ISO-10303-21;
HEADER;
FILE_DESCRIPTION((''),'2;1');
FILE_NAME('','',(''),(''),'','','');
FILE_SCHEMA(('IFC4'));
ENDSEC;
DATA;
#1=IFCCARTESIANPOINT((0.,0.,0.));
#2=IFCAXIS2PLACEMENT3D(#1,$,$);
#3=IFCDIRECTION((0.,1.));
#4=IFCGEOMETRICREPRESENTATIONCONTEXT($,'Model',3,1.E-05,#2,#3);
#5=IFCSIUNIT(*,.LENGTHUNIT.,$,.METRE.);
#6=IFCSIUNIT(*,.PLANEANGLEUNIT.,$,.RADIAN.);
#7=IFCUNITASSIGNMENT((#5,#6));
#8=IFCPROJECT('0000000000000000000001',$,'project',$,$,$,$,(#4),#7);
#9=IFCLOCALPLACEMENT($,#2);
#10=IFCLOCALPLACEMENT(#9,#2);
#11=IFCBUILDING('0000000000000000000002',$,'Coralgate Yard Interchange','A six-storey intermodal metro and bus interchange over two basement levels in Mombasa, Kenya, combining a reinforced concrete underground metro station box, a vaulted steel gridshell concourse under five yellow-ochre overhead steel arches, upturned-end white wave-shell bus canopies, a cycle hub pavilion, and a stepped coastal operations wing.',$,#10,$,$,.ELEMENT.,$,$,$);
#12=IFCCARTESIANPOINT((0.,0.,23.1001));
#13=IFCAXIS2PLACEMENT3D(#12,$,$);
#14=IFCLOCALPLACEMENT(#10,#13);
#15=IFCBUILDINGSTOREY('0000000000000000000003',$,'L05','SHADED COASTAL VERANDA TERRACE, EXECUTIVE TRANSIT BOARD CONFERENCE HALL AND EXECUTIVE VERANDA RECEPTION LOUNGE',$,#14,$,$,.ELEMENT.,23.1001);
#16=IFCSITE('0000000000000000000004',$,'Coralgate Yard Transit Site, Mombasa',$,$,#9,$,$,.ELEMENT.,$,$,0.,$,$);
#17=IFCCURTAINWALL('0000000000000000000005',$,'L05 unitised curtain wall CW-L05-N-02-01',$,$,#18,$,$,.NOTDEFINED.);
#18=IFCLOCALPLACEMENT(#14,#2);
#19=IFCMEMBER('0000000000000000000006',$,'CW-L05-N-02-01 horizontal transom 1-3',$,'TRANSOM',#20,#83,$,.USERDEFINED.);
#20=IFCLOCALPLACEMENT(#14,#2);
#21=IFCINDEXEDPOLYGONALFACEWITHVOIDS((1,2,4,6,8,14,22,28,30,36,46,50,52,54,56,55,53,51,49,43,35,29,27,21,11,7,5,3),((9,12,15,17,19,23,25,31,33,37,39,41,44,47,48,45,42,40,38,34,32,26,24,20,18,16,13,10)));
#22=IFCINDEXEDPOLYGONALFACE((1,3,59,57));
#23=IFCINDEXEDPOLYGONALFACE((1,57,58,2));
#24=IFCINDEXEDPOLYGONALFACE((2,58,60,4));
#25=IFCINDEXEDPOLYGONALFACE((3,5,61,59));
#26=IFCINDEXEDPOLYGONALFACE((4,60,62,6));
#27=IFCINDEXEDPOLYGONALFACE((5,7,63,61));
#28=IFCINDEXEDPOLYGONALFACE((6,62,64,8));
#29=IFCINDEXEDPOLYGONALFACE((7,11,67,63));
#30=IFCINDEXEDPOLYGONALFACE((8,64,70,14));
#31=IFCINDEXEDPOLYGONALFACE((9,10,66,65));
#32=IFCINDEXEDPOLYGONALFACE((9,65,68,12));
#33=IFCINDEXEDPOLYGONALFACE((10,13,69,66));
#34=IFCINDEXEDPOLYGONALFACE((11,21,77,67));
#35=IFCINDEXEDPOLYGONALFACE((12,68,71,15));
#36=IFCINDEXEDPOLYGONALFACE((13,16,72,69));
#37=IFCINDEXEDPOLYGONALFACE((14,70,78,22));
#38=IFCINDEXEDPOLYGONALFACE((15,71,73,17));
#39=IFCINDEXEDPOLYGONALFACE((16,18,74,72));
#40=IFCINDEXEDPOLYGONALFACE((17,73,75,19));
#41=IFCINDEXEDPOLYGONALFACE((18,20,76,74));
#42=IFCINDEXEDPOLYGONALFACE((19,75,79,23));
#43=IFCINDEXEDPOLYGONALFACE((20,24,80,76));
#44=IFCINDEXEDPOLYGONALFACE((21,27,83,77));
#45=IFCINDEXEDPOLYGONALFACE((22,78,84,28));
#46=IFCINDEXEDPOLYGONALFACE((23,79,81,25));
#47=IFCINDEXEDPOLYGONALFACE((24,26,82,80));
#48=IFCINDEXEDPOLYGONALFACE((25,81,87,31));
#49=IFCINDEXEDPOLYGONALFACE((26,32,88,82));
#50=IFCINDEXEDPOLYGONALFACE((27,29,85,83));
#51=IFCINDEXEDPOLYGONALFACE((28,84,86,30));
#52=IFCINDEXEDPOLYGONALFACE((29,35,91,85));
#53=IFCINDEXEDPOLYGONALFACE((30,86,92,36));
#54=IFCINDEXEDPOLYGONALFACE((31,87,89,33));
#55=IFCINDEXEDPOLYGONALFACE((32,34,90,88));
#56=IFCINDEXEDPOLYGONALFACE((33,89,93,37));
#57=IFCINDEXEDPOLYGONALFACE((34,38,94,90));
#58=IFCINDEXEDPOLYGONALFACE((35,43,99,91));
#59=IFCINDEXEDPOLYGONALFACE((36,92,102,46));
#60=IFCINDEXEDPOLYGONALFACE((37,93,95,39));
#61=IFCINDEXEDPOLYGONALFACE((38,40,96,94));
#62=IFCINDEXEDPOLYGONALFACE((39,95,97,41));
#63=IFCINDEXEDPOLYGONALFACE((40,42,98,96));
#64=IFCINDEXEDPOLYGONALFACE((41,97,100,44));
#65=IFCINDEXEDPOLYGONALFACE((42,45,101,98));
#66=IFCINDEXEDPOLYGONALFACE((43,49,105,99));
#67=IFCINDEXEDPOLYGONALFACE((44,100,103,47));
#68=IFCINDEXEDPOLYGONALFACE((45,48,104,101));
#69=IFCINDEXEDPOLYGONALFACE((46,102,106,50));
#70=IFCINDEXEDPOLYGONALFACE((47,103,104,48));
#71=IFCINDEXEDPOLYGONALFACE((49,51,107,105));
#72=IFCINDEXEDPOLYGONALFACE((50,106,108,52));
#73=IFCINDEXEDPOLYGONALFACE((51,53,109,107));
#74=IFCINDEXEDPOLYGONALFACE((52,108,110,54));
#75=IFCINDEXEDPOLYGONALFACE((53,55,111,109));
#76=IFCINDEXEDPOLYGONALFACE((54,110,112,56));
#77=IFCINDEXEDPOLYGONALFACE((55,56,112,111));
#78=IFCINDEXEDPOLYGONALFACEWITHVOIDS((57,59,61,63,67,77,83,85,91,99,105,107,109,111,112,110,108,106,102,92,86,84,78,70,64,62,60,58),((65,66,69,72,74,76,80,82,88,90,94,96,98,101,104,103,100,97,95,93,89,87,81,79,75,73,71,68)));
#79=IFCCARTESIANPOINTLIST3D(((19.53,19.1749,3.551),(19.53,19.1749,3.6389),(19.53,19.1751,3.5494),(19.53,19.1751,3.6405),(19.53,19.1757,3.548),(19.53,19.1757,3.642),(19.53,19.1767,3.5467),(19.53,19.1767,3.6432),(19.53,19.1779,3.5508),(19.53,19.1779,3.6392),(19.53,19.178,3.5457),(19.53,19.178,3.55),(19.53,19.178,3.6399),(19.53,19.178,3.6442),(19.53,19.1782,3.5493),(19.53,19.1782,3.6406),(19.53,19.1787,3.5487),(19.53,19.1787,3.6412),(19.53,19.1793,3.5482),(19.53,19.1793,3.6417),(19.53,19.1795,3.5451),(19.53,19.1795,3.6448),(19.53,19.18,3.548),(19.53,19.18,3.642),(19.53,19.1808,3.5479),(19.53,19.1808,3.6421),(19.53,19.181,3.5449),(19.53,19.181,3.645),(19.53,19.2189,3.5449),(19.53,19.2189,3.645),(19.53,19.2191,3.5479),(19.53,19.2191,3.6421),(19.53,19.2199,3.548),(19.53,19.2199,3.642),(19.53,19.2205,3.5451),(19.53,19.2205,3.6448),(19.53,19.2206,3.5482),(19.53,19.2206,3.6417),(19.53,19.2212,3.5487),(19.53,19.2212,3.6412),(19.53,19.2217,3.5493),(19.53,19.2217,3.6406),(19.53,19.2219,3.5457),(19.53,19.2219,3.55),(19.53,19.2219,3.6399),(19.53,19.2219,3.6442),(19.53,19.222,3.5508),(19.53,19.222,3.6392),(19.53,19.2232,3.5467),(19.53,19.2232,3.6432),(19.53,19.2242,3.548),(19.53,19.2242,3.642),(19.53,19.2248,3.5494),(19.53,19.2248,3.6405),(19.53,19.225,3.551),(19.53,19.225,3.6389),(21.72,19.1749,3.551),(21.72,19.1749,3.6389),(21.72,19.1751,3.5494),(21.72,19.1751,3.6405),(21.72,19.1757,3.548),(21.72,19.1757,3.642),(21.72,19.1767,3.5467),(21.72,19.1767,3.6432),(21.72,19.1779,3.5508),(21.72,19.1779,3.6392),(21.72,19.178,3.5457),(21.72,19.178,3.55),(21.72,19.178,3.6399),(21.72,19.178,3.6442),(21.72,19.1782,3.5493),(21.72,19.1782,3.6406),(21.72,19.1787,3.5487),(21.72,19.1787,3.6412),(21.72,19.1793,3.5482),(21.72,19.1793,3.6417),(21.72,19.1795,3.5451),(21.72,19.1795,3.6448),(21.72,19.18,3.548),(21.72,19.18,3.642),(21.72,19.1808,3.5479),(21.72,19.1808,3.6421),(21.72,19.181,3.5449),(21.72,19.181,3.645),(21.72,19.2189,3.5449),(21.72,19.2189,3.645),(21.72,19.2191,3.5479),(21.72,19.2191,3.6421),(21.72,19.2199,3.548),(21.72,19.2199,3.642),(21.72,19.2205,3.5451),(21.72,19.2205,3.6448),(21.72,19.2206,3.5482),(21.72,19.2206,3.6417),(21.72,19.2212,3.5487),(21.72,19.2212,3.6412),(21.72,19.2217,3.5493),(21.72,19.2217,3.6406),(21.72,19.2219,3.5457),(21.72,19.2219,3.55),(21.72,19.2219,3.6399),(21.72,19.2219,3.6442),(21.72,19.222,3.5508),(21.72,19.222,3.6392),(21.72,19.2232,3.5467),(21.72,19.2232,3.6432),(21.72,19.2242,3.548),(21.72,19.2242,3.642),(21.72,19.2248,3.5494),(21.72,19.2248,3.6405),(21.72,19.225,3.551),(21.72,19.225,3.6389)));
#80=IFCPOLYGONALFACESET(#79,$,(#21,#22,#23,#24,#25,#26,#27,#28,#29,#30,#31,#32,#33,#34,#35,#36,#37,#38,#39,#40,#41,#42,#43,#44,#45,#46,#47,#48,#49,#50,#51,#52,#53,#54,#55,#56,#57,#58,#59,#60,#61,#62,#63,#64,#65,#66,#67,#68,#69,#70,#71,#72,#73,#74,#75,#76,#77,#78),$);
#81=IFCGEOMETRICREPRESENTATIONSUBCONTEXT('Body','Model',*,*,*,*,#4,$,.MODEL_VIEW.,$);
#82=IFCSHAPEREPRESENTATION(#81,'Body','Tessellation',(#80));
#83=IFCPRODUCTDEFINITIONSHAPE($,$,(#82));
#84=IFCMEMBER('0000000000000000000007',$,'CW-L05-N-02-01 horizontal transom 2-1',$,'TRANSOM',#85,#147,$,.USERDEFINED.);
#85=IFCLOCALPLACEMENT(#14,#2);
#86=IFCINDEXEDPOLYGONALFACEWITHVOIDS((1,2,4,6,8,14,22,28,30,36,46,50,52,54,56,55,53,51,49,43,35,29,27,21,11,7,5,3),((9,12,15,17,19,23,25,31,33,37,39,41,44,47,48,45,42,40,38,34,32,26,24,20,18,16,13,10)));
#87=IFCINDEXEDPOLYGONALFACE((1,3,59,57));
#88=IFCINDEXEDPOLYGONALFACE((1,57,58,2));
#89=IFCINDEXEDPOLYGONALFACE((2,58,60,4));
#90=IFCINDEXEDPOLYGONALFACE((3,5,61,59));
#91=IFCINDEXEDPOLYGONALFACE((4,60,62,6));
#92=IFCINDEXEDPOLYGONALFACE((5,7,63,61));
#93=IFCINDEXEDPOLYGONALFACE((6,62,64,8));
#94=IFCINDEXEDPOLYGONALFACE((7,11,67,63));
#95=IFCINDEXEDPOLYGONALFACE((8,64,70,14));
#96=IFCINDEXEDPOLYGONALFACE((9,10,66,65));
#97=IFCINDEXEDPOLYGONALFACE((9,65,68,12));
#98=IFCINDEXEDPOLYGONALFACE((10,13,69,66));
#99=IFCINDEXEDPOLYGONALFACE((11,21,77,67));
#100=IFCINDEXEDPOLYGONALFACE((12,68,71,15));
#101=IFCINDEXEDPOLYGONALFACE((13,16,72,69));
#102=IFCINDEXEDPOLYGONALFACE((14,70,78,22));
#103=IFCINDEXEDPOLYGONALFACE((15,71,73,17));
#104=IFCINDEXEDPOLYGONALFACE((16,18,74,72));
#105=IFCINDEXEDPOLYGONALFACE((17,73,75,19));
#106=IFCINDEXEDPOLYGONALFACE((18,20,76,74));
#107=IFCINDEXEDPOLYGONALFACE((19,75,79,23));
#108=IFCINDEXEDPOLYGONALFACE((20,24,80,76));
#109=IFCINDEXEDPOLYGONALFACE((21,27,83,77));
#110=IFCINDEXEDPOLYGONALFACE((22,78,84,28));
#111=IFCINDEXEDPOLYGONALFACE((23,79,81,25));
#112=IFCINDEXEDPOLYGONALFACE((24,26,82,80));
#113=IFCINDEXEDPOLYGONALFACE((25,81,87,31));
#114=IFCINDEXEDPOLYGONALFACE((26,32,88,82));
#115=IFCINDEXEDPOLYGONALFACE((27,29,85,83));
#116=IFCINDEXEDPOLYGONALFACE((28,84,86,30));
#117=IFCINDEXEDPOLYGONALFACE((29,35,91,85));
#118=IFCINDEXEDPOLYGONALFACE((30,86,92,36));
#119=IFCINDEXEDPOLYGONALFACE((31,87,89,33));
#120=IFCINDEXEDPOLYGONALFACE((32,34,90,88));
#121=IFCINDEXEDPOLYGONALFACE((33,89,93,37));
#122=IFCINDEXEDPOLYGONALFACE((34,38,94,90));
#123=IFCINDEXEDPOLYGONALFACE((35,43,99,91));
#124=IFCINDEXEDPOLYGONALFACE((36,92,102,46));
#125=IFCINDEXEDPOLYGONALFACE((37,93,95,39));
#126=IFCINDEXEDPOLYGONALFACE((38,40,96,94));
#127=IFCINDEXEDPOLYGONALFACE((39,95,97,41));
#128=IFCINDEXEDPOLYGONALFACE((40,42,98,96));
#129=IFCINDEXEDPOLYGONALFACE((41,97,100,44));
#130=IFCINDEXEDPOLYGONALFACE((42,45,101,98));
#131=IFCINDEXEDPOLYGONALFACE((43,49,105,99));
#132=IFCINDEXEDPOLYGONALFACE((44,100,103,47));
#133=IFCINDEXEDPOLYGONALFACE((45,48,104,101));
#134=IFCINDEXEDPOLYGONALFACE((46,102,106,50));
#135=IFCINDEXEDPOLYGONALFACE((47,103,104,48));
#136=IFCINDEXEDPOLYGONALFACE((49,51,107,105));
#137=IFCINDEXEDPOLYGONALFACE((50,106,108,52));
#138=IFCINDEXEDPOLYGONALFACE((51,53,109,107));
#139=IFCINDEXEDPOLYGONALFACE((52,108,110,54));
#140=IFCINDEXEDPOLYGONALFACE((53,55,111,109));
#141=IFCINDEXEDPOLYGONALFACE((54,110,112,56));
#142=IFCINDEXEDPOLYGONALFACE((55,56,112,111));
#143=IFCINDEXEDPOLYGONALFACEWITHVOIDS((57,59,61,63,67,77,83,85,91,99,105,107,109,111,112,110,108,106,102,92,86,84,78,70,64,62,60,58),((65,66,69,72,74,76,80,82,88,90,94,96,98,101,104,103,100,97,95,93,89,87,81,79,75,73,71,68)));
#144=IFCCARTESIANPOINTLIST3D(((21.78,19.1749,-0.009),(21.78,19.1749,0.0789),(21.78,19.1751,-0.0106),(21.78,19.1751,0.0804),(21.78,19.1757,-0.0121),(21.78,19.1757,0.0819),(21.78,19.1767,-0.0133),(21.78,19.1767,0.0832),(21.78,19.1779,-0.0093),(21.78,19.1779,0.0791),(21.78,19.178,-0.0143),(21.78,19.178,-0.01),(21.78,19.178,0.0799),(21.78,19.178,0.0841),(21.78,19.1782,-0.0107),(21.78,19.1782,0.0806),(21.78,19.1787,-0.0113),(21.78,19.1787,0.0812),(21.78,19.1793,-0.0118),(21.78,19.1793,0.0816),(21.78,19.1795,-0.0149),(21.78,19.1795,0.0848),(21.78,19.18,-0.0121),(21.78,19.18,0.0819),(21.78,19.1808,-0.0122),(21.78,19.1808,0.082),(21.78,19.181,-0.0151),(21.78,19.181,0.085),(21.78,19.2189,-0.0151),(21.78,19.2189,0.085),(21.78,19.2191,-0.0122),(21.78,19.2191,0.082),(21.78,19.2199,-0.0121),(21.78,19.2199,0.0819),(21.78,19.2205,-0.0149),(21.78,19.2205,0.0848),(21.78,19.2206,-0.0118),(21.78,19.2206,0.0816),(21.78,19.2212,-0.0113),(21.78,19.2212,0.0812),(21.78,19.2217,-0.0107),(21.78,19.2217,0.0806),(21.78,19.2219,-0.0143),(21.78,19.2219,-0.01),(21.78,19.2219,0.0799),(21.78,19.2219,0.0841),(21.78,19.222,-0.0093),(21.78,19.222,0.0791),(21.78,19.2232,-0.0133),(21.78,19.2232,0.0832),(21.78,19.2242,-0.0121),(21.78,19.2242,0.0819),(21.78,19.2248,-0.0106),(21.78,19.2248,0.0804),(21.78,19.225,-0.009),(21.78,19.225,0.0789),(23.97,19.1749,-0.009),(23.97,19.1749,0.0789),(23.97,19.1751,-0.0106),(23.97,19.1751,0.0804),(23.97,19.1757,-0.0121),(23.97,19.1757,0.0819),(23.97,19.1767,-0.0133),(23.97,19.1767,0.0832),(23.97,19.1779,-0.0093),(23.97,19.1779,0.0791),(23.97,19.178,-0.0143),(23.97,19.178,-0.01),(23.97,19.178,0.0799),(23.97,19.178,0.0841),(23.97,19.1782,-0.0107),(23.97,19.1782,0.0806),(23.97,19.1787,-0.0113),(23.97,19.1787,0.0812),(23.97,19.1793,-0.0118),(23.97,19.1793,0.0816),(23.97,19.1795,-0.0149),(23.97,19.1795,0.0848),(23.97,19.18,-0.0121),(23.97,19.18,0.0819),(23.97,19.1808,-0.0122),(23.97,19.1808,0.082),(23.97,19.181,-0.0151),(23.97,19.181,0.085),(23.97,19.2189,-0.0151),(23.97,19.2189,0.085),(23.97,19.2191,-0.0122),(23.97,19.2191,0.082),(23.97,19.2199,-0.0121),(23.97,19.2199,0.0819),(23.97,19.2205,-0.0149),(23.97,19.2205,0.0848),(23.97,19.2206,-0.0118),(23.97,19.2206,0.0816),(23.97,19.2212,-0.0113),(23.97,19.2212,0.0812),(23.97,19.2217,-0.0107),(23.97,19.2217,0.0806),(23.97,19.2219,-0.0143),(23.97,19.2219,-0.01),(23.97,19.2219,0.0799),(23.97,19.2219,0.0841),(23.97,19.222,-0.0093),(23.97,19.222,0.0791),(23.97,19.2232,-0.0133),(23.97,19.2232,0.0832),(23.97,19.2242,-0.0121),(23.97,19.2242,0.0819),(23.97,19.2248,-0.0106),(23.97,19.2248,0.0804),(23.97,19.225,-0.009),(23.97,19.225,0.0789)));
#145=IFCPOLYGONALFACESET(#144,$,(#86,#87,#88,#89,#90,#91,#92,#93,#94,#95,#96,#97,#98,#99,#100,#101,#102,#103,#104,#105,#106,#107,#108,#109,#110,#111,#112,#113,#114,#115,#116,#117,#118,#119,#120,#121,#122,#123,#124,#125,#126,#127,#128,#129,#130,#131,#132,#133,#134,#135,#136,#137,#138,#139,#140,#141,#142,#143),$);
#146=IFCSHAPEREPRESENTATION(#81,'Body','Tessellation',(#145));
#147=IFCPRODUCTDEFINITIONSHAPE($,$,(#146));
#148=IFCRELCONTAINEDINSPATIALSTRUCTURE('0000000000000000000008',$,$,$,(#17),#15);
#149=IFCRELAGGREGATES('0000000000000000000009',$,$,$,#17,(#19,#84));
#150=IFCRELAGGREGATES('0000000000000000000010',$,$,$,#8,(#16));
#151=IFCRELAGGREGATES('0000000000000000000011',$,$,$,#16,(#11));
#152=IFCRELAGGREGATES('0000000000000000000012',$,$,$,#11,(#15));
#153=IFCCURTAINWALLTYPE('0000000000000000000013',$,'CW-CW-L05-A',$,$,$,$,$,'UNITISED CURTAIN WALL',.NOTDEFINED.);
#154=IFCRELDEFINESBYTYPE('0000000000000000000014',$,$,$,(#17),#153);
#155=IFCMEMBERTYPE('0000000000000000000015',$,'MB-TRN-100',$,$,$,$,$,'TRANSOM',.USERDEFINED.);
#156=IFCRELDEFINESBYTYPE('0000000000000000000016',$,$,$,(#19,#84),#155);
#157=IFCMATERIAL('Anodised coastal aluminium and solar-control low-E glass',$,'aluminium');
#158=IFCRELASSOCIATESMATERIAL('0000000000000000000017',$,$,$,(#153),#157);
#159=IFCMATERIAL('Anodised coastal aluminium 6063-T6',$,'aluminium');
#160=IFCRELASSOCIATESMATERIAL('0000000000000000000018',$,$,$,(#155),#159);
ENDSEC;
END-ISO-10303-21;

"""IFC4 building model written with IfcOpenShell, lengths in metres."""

from ifc_helpers import new_model, si_unit, direction, frame, origin, origin_2d, place, context, subcontext, project, spatial, hollow_rectangle, extrude, material, material_profile, profile_set, type_object, element, aggregate, save


model = new_model("IFC4")

# Units and contexts
model_context = context("Model", 3, precision=1e-05, world=origin(), true_north=direction((0.0, 1.0)))
body_context = subcontext(model_context, "Body", "Model", "MODEL_VIEW")
ifc_project = project(units=[si_unit("LENGTHUNIT", "METRE"), si_unit("PLANEANGLEUNIT", "RADIAN")], contexts=[model_context])

# Site, building, storey
site_placement = place(None, origin())
site = spatial("IfcSite", under=ifc_project, at=site_placement, Name="Coralgate Yard Transit Site, Mombasa", CompositionType="ELEMENT", RefElevation=0.0)
building_placement = place(site_placement, origin())
building = spatial("IfcBuilding", under=site, at=building_placement, Name="Coralgate Yard Interchange", Description="A six-storey intermodal metro and bus interchange over two basement levels in Mombasa, Kenya, combining a reinforced concrete underground metro station box, a vaulted steel gridshell concourse under five yellow-ochre overhead steel arches, upturned-end white wave-shell bus canopies, a cycle hub pavilion, and a stepped coastal operations wing.", CompositionType="ELEMENT")
storey_placement = place(building_placement, frame((0.0, 0.0, 23.1001)))
storey = spatial("IfcBuildingStorey", under=building, at=storey_placement, Name="L05", Description="SHADED COASTAL VERANDA TERRACE, EXECUTIVE TRANSIT BOARD CONFERENCE HALL AND EXECUTIVE VERANDA RECEPTION LOUNGE", CompositionType="ELEMENT", Elevation=23.1001)

# Curtain wall
ifc_material_1 = material(Name="Anodised coastal aluminium and solar-control low-E glass", Category="aluminium")
curtain_wall_type = type_object("IfcCurtainWallType", Name="CW-CW-L05-A", ElementType="UNITISED CURTAIN WALL", PredefinedType="NOTDEFINED", material=ifc_material_1)
curtain_wall_1_placement = place(storey_placement, origin())
curtain_wall_1 = element("IfcCurtainWall", 1, at=curtain_wall_1_placement, inside=storey, type_object=curtain_wall_type, Name="L05 unitised curtain wall CW-L05-N-02-01", PredefinedType="NOTDEFINED")
ifc_material_2 = material(Name="Anodised coastal aluminium 6063-T6", Category="aluminium")
ifc_material_profile_1 = material_profile(ifc_material_2, hollow_rectangle(XDim=0.05, YDim=0.1001, WallThickness=0.0029, InnerFilletRadius=0.0029, OuterFilletRadius=0.0061, at=origin_2d()), Name="ALU 50x100x3")
ifc_profile_set_1 = profile_set([ifc_material_profile_1], Name="Anodised coastal aluminium 6063-T6")
member_type_1 = type_object("IfcMemberType", Name="MB-TRN-100", ElementType="TRANSOM", PredefinedType="USERDEFINED", material=ifc_profile_set_1)

# Members
member_1_placement = place(storey_placement, frame((19.53, 19.2, 3.595), z_axis=(1.0, 0.0, 0.0), x_axis=(0.0, 1.0, 0.0)))
member_1 = element("IfcMember", 2, at=member_1_placement, type_object=member_type_1, Name="CW-L05-N-02-01 horizontal transom 1-3", ObjectType="TRANSOM", PredefinedType="USERDEFINED", context=body_context, shape_type="SweptSolid", body=[
    extrude(hollow_rectangle(XDim=0.05, YDim=0.1001, WallThickness=0.0029, InnerFilletRadius=0.0029, OuterFilletRadius=0.0061, at=origin_2d()), origin(), (0.0, 0.0, 1.0), 2.1899),
])
member_2_placement = place(storey_placement, frame((21.78, 19.2, 0.0349), z_axis=(1.0, 0.0, 0.0), x_axis=(0.0, 1.0, 0.0)))
member_2 = element("IfcMember", 3, at=member_2_placement, type_object=member_type_1, Name="CW-L05-N-02-01 horizontal transom 2-1", ObjectType="TRANSOM", PredefinedType="USERDEFINED", context=body_context, shape_type="SweptSolid", body=[
    extrude(hollow_rectangle(XDim=0.05, YDim=0.1001, WallThickness=0.0029, InnerFilletRadius=0.0029, OuterFilletRadius=0.0061, at=origin_2d()), origin(), (0.0, 0.0, 1.0), 2.1899),
])

aggregate(curtain_wall_1, [member_1, member_2])

save(model, "model.ifc")
